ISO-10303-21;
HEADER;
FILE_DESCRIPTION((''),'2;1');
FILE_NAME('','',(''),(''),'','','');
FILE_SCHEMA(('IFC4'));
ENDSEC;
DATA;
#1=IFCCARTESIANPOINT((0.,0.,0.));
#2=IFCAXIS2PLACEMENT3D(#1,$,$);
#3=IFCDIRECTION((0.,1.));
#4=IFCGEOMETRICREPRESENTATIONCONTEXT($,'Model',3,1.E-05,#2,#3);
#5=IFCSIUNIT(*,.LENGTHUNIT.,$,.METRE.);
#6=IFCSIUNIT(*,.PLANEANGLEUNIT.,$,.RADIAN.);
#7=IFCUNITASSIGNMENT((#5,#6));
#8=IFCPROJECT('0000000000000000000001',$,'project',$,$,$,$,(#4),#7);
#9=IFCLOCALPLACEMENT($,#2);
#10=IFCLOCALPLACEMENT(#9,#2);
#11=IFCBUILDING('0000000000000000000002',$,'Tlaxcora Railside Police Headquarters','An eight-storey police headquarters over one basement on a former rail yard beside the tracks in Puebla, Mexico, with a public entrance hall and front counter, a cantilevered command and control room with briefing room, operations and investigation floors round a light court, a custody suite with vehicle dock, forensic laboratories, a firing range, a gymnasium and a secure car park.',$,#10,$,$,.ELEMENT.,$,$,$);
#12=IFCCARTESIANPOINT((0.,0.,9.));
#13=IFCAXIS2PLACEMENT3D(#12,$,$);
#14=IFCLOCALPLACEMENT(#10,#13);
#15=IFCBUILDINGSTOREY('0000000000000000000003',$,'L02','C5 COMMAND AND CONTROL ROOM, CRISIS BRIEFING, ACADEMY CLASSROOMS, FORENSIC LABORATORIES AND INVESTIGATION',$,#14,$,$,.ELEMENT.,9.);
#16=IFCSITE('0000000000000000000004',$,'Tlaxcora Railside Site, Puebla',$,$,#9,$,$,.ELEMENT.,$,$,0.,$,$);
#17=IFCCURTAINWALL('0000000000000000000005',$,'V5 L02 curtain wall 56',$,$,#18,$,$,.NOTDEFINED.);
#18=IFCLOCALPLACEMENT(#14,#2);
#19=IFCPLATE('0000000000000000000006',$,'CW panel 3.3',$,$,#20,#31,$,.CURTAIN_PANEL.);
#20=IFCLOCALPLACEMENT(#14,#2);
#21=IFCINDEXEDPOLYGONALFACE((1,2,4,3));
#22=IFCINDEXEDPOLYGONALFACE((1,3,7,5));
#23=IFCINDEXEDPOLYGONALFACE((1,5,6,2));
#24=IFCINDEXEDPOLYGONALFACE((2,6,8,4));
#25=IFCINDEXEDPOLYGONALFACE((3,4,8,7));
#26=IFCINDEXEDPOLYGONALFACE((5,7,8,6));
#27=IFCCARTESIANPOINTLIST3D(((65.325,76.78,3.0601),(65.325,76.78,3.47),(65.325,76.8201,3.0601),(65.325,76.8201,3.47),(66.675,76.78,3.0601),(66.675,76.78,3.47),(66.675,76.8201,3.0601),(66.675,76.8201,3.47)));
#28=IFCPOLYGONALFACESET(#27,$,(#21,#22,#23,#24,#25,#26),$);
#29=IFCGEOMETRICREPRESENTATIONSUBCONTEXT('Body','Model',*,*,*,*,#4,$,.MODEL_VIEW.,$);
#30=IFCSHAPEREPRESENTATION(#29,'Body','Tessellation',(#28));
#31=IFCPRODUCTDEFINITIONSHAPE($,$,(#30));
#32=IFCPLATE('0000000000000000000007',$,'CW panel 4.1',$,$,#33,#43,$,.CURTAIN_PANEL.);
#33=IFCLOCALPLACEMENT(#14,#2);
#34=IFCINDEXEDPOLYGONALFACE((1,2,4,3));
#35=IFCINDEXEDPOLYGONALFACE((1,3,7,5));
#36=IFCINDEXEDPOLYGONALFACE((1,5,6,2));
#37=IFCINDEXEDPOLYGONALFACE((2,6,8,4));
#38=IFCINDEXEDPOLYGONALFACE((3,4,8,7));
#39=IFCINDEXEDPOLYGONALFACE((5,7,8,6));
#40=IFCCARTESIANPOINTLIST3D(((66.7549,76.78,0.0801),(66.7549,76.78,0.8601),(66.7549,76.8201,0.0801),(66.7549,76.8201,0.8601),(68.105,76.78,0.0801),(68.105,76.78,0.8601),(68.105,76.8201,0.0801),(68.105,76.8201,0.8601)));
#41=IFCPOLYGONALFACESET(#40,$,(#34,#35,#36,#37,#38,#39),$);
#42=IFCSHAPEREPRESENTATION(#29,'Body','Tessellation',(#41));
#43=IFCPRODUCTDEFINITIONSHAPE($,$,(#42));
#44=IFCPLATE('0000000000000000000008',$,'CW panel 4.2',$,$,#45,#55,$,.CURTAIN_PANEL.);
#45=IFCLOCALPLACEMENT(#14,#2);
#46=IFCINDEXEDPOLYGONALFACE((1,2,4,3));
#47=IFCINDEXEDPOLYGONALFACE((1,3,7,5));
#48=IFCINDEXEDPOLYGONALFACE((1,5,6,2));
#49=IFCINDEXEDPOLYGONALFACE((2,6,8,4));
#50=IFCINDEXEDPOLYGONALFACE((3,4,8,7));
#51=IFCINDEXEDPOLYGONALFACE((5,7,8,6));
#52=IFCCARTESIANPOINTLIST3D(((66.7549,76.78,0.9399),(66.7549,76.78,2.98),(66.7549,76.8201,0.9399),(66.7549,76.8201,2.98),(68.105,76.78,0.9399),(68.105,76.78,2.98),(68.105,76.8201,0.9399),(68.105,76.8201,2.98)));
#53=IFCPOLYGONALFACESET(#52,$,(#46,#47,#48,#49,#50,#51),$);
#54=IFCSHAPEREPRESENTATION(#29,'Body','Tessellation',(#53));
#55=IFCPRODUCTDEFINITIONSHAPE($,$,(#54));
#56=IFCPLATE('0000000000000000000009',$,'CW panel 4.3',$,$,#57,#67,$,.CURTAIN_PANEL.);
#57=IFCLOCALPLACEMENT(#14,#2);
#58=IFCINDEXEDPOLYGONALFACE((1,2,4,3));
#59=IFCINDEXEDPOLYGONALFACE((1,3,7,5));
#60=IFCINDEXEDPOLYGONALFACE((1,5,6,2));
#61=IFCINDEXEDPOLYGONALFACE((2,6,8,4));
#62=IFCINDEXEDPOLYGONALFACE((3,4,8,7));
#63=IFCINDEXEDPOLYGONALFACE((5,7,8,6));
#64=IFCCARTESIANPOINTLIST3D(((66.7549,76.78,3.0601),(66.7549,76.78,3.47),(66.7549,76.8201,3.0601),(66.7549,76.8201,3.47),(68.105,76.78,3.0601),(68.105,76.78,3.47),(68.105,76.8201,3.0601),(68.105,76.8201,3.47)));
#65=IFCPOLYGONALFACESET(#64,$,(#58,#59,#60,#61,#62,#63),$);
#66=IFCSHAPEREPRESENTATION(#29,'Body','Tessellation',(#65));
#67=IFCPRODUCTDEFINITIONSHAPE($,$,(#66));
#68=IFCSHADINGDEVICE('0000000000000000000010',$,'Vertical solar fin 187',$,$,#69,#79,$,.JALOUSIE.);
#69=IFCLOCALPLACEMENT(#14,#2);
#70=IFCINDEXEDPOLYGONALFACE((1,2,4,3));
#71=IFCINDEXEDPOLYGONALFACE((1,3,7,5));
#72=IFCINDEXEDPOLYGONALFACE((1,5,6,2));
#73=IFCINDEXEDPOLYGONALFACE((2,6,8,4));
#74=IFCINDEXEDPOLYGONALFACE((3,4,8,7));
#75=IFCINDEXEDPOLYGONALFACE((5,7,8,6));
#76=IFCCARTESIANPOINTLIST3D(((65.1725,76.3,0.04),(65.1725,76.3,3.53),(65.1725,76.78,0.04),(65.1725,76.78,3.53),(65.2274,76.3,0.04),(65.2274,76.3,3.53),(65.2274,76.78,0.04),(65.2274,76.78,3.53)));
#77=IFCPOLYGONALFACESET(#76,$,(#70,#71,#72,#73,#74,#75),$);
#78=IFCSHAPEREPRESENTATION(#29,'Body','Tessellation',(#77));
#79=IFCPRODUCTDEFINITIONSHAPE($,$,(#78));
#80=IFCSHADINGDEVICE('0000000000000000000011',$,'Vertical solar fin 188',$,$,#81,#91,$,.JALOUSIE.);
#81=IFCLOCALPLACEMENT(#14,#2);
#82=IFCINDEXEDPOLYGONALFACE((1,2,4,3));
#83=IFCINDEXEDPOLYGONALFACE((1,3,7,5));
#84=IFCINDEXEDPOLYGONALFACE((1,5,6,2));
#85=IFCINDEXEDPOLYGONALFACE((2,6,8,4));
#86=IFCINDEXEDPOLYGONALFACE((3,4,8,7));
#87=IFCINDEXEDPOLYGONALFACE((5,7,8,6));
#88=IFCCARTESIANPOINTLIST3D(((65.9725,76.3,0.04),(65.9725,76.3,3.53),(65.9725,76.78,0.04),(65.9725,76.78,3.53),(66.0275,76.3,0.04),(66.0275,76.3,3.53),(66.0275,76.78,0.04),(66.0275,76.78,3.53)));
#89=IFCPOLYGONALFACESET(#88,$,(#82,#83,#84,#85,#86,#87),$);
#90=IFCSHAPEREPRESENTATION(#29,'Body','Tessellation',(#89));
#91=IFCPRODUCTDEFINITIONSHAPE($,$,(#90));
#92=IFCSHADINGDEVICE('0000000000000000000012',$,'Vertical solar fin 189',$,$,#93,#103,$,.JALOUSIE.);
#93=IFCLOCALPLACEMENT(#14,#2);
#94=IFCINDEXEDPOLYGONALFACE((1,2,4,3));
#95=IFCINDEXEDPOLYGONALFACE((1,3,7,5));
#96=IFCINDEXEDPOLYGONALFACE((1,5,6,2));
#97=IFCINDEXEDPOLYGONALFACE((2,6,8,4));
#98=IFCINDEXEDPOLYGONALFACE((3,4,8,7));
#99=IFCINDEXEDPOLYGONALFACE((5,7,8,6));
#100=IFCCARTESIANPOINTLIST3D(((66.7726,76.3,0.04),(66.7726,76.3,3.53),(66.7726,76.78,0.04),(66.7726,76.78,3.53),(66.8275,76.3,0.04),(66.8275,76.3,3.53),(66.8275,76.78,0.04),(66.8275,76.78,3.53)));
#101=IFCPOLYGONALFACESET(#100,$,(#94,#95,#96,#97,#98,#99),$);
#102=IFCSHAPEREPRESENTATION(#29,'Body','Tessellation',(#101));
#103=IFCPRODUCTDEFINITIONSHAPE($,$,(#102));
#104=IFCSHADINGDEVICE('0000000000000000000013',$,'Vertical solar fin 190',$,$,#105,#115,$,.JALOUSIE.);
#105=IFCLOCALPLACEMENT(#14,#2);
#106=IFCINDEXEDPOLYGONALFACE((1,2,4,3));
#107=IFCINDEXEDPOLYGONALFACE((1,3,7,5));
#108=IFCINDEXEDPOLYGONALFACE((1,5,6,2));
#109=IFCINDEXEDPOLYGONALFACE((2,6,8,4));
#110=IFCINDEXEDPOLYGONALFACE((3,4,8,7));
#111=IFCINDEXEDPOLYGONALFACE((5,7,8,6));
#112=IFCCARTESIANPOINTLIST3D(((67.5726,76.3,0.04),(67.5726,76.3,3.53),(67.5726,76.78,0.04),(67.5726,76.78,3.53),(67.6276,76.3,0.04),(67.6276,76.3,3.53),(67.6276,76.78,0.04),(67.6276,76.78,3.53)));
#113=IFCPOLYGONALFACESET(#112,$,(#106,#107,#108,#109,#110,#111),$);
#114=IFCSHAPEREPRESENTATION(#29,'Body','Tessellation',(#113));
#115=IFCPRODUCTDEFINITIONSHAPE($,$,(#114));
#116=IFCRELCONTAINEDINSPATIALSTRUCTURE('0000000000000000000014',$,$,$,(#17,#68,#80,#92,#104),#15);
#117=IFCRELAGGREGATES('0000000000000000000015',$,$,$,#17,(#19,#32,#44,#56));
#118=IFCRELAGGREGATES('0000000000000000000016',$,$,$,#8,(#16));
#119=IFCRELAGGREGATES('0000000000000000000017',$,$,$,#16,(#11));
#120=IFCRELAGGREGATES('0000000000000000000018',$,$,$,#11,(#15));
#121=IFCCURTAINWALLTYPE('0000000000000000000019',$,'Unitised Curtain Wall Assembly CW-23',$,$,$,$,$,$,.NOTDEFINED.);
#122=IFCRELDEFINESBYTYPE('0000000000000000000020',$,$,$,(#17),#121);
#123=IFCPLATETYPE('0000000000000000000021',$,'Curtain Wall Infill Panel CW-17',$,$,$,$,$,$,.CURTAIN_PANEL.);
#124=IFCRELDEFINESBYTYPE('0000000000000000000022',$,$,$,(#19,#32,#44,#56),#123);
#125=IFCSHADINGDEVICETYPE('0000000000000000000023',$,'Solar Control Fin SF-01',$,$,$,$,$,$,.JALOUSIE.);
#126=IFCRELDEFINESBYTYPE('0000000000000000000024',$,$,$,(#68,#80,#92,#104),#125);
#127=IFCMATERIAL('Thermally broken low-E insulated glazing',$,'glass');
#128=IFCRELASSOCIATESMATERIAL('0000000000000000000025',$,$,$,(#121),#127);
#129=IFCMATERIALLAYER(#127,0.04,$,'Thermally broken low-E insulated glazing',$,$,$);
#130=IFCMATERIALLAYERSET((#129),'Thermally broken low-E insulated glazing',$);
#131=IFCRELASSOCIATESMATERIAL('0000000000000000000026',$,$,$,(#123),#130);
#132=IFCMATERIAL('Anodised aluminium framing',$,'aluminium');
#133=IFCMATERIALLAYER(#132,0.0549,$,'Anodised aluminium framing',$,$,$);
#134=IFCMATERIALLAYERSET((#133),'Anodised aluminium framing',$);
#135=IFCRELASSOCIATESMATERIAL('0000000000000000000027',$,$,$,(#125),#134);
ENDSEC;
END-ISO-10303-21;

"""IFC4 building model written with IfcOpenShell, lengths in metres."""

from ifc_helpers import new_model, si_unit, direction, frame, origin, origin_2d, place, context, subcontext, project, spatial, rectangle, extrude, material, layer, layer_set, type_object, element, aggregate, save


model = new_model("IFC4")

# Units and contexts
model_context = context("Model", 3, precision=1e-05, world=origin(), true_north=direction((0.0, 1.0)))
body_context = subcontext(model_context, "Body", "Model", "MODEL_VIEW")
ifc_project = project(units=[si_unit("LENGTHUNIT", "METRE"), si_unit("PLANEANGLEUNIT", "RADIAN")], contexts=[model_context])

# Site, building, storey
site_placement = place(None, origin())
site = spatial("IfcSite", under=ifc_project, at=site_placement, Name="Tlaxcora Railside Site, Puebla", CompositionType="ELEMENT", RefElevation=0.0)
building_placement = place(site_placement, origin())
building = spatial("IfcBuilding", under=site, at=building_placement, Name="Tlaxcora Railside Police Headquarters", Description="An eight-storey police headquarters over one basement on a former rail yard beside the tracks in Puebla, Mexico, with a public entrance hall and front counter, a cantilevered command and control room with briefing room, operations and investigation floors round a light court, a custody suite with vehicle dock, forensic laboratories, a firing range, a gymnasium and a secure car park.", CompositionType="ELEMENT")
storey_placement = place(building_placement, frame((0.0, 0.0, 9.0)))
storey = spatial("IfcBuildingStorey", under=building, at=storey_placement, Name="L02", Description="C5 COMMAND AND CONTROL ROOM, CRISIS BRIEFING, ACADEMY CLASSROOMS, FORENSIC LABORATORIES AND INVESTIGATION", CompositionType="ELEMENT", Elevation=9.0)

# Curtain wall, plates
ifc_material_1 = material(Name="Thermally broken low-E insulated glazing", Category="glass")
curtain_wall_type = type_object("IfcCurtainWallType", Name="Unitised Curtain Wall Assembly CW-23", PredefinedType="NOTDEFINED", material=ifc_material_1)
curtain_wall_placement = place(storey_placement, origin())
curtain_wall = element("IfcCurtainWall", 1, at=curtain_wall_placement, inside=storey, type_object=curtain_wall_type, Name="V5 L02 curtain wall 56", PredefinedType="NOTDEFINED")
ifc_material_2 = material(Name="Anodised aluminium framing", Category="aluminium")
ifc_layer_1 = layer(ifc_material_1, 0.04, Name="Thermally broken low-E insulated glazing")
ifc_layer_set_1 = layer_set([ifc_layer_1], Name="Thermally broken low-E insulated glazing")
plate_type = type_object("IfcPlateType", Name="Curtain Wall Infill Panel CW-17", PredefinedType="CURTAIN_PANEL", material=ifc_layer_set_1)
plate_1_placement = place(storey_placement, frame((66.0, 76.8, 3.0601), z_axis=(0.0, 0.0, 1.0), x_axis=(1.0, 0.0, 0.0)))
plate_1 = element("IfcPlate", 2, at=plate_1_placement, type_object=plate_type, Name="CW panel 3.3", PredefinedType="CURTAIN_PANEL", context=body_context, shape_type="SweptSolid", body=[
    extrude(rectangle(XDim=1.3501, YDim=0.04, at=origin_2d()), origin(), (0.0, 0.0, 1.0), 0.4099),
])
plate_2_placement = place(storey_placement, frame((67.4299, 76.8, 0.0801), z_axis=(0.0, 0.0, 1.0), x_axis=(1.0, 0.0, 0.0)))
plate_2 = element("IfcPlate", 3, at=plate_2_placement, type_object=plate_type, Name="CW panel 4.1", PredefinedType="CURTAIN_PANEL", context=body_context, shape_type="SweptSolid", body=[
    extrude(rectangle(XDim=1.3501, YDim=0.04, at=origin_2d()), origin(), (0.0, 0.0, 1.0), 0.78),
])
plate_3_placement = place(storey_placement, frame((67.4299, 76.8, 0.9399), z_axis=(0.0, 0.0, 1.0), x_axis=(1.0, 0.0, 0.0)))
plate_3 = element("IfcPlate", 4, at=plate_3_placement, type_object=plate_type, Name="CW panel 4.2", PredefinedType="CURTAIN_PANEL", context=body_context, shape_type="SweptSolid", body=[
    extrude(rectangle(XDim=1.3501, YDim=0.04, at=origin_2d()), origin(), (0.0, 0.0, 1.0), 2.04),
])
plate_4_placement = place(storey_placement, frame((67.4299, 76.8, 3.0601), z_axis=(0.0, 0.0, 1.0), x_axis=(1.0, 0.0, 0.0)))
plate_4 = element("IfcPlate", 5, at=plate_4_placement, type_object=plate_type, Name="CW panel 4.3", PredefinedType="CURTAIN_PANEL", context=body_context, shape_type="SweptSolid", body=[
    extrude(rectangle(XDim=1.3501, YDim=0.04, at=origin_2d()), origin(), (0.0, 0.0, 1.0), 0.4099),
])
aggregate(curtain_wall, [plate_1, plate_2, plate_3, plate_4])

# Shading devices
ifc_layer_2 = layer(ifc_material_2, 0.0549, Name="Anodised aluminium framing")
ifc_layer_set_2 = layer_set([ifc_layer_2], Name="Anodised aluminium framing")
shading_device_type = type_object("IfcShadingDeviceType", Name="Solar Control Fin SF-01", PredefinedType="JALOUSIE", material=ifc_layer_set_2)
for number, where, z_axis, x_axis, name in (
    (6, (65.2, 76.54, 0.04), (0.0, 0.0, 1.0), (0.0, -1.0, 0.0), "Vertical solar fin 187"),
    (7, (66.0, 76.54, 0.04), (0.0, 0.0, 1.0), (0.0, -1.0, 0.0), "Vertical solar fin 188"),
    (8, (66.8, 76.54, 0.04), (0.0, 0.0, 1.0), (0.0, -1.0, 0.0), "Vertical solar fin 189"),
    (9, (67.6001, 76.54, 0.04), (0.0, 0.0, 1.0), (0.0, -1.0, 0.0), "Vertical solar fin 190"),
):
    element("IfcShadingDevice", number, at=place(storey_placement, frame(where, z_axis=z_axis, x_axis=x_axis)), inside=storey, type_object=shading_device_type, Name=name, PredefinedType="JALOUSIE", context=body_context, shape_type="SweptSolid", body=[
        extrude(rectangle(XDim=0.48, YDim=0.0549, at=origin_2d()), origin(), (0.0, 0.0, 1.0), 3.49),
    ])

save(model, "model.ifc")
